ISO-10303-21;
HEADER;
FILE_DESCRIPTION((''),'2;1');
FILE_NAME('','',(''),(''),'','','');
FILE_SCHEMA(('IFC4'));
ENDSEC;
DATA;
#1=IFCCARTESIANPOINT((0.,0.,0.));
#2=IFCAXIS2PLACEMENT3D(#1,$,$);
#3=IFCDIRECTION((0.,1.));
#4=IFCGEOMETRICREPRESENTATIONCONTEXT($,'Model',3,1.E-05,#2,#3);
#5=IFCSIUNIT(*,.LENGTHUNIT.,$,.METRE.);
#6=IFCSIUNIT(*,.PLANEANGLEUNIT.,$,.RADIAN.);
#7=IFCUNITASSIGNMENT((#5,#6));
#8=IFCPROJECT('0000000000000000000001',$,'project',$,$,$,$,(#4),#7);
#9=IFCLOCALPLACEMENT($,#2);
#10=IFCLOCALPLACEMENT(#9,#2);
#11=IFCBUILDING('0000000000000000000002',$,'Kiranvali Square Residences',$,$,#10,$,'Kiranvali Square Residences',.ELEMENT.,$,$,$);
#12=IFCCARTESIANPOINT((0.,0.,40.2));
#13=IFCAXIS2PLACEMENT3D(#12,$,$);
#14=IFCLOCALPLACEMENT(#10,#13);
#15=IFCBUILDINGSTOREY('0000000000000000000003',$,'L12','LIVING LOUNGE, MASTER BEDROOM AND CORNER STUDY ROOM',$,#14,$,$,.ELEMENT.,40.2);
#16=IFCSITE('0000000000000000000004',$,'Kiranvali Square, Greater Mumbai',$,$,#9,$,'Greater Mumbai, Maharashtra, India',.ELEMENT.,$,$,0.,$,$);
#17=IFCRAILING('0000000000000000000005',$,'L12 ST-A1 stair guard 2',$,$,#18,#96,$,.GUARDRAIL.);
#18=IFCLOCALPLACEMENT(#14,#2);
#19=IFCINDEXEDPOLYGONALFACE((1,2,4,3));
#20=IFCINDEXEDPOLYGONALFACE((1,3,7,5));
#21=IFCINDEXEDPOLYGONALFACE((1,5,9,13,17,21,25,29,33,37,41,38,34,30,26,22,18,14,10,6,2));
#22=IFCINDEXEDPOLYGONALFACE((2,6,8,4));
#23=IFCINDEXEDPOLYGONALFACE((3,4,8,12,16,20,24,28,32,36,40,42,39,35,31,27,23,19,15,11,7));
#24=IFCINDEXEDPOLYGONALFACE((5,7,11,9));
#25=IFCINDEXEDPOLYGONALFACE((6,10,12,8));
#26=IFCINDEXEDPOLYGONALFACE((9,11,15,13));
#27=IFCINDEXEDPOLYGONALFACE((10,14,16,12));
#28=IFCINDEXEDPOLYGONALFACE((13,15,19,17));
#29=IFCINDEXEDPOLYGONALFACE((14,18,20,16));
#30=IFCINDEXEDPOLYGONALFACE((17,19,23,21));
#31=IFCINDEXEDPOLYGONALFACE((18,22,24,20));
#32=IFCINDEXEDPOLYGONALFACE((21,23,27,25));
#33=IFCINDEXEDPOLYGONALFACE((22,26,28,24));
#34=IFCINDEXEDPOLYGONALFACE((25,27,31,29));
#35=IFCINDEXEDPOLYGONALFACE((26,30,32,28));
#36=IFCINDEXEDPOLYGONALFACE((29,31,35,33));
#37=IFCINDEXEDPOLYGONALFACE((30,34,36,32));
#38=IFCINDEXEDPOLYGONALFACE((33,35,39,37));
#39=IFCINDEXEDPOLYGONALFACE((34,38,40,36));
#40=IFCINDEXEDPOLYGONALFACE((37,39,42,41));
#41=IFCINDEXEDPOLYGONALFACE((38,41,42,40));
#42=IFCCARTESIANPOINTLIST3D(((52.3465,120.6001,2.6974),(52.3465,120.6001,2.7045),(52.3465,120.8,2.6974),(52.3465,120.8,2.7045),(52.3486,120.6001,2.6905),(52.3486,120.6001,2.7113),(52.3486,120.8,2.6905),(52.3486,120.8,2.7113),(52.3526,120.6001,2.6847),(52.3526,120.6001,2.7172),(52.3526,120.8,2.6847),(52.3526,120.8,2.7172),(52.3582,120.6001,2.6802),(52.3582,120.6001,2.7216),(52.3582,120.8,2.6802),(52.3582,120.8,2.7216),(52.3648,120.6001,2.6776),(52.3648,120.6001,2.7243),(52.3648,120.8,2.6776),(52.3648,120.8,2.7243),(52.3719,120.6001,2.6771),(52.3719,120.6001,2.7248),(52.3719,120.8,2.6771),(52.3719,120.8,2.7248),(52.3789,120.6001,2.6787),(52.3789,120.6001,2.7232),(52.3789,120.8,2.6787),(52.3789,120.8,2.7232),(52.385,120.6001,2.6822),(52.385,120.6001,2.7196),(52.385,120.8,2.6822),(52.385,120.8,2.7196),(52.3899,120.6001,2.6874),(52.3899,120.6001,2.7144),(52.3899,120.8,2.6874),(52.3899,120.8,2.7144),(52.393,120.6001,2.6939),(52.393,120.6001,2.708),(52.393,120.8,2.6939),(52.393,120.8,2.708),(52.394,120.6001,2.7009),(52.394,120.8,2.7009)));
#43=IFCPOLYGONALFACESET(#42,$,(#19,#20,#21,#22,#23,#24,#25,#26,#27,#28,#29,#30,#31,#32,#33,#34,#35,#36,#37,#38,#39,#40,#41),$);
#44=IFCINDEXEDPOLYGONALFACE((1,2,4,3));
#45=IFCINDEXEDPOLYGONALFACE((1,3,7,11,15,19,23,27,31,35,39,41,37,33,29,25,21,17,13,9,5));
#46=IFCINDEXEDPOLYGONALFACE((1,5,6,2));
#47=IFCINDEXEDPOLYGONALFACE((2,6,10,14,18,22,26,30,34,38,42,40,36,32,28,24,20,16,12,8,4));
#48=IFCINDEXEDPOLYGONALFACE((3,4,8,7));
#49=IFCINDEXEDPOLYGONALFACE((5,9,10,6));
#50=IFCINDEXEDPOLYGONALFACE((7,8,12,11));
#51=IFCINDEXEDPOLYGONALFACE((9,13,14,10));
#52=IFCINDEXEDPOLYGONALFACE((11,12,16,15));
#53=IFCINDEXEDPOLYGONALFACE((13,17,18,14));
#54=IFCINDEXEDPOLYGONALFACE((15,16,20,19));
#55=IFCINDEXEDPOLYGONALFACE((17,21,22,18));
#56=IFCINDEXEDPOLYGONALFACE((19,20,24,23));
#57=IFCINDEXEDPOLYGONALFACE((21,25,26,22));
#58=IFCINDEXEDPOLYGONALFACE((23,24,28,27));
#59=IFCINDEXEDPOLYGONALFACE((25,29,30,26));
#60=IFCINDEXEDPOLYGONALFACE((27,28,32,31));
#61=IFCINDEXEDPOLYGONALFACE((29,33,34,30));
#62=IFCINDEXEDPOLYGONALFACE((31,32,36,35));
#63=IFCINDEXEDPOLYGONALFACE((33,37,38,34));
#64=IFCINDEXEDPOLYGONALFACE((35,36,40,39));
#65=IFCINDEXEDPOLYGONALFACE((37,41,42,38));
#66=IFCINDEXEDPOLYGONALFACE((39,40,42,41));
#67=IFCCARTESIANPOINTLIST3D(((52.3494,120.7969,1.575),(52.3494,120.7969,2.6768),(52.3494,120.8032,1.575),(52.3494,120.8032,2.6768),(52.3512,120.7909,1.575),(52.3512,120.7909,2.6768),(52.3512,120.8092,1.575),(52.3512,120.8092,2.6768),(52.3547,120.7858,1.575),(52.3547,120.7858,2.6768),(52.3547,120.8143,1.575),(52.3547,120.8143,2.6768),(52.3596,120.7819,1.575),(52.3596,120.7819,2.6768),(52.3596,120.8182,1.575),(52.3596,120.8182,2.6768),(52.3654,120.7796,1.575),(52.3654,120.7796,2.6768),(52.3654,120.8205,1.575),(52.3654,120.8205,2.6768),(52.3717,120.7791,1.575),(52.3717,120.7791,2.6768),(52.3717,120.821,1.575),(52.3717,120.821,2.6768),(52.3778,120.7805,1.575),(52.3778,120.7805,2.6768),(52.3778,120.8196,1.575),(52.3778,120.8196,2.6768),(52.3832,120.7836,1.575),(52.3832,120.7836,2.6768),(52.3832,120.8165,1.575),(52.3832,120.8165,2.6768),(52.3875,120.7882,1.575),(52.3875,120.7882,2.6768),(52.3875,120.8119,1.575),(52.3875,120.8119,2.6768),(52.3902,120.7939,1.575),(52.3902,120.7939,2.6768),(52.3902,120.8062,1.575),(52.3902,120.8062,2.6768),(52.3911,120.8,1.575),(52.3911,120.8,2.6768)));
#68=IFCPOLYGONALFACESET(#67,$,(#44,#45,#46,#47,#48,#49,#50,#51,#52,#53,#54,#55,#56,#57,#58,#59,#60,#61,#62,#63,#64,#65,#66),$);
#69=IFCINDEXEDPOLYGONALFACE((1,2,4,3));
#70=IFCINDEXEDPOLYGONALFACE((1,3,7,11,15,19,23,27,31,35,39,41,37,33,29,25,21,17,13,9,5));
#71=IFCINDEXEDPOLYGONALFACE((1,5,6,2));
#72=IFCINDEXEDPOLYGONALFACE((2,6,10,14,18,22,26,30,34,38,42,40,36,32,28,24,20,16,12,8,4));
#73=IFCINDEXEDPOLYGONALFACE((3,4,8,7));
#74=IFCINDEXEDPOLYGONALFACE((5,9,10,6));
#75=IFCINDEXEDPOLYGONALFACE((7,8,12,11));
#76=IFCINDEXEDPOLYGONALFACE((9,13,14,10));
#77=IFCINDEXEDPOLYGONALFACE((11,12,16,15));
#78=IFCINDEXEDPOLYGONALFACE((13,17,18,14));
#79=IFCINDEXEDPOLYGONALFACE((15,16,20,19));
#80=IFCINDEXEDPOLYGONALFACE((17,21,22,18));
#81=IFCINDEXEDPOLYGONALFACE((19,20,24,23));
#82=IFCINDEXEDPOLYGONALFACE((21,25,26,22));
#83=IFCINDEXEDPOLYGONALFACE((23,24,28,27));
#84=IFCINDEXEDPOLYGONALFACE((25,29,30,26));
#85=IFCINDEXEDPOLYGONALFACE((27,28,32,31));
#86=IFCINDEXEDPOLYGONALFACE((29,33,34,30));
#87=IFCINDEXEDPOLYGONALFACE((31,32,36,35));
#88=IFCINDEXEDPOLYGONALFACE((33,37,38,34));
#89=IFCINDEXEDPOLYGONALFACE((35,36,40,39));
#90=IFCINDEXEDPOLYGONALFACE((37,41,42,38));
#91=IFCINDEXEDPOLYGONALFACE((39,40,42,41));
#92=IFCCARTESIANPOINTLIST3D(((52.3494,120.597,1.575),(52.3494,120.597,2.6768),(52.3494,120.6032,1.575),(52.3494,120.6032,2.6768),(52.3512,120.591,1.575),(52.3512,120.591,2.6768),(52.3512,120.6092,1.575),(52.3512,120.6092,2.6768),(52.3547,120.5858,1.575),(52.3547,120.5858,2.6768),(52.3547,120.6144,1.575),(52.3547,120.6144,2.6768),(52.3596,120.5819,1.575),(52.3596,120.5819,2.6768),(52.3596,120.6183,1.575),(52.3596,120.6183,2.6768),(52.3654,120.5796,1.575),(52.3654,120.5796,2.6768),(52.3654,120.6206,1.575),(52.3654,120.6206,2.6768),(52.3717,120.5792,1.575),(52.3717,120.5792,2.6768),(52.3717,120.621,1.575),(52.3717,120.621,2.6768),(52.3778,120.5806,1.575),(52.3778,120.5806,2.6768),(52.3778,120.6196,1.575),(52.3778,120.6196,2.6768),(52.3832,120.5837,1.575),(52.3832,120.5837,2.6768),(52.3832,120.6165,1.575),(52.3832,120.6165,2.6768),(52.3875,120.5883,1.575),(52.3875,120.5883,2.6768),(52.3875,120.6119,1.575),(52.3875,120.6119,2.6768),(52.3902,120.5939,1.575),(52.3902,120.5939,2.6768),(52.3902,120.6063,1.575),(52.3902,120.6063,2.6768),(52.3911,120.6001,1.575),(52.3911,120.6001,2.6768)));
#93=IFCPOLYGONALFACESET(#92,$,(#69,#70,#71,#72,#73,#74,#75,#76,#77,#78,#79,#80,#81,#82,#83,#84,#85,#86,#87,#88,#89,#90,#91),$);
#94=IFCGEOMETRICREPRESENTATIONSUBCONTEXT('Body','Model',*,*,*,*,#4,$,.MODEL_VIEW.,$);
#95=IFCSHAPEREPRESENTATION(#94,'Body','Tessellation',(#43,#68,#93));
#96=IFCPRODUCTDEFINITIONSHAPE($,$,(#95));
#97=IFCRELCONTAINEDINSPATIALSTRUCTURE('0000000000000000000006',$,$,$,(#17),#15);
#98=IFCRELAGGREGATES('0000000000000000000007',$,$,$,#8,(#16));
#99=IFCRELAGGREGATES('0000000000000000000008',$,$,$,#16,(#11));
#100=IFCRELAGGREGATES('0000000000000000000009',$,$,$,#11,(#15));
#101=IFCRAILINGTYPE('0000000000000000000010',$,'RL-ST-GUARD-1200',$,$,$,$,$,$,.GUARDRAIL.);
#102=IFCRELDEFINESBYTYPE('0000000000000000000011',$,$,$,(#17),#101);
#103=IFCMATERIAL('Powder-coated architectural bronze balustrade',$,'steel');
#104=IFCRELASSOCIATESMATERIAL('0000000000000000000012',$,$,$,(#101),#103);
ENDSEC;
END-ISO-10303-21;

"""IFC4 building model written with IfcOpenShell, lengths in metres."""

from ifc_helpers import new_model, si_unit, direction, frame, origin, origin_2d, place, context, subcontext, project, spatial, circle, extrude, material, type_object, element, save


model = new_model("IFC4")

# Units and contexts
model_context = context("Model", 3, precision=1e-05, world=origin(), true_north=direction((0.0, 1.0)))
body_context = subcontext(model_context, "Body", "Model", "MODEL_VIEW")
ifc_project = project(units=[si_unit("LENGTHUNIT", "METRE"), si_unit("PLANEANGLEUNIT", "RADIAN")], contexts=[model_context])

# Site, building, storey
site_placement = place(None, origin())
site = spatial("IfcSite", under=ifc_project, at=site_placement, Name="Kiranvali Square, Greater Mumbai", LongName="Greater Mumbai, Maharashtra, India", CompositionType="ELEMENT", RefElevation=0.0)
building_placement = place(site_placement, origin())
building = spatial("IfcBuilding", under=site, at=building_placement, Name="Kiranvali Square Residences", LongName="Kiranvali Square Residences", CompositionType="ELEMENT")
storey_placement = place(building_placement, frame((0.0, 0.0, 40.2)))
storey = spatial("IfcBuildingStorey", under=building, at=storey_placement, Name="L12", Description="LIVING LOUNGE, MASTER BEDROOM AND CORNER STUDY ROOM", CompositionType="ELEMENT", Elevation=40.2)

# Railing
ifc_material_1 = material(Name="Powder-coated architectural bronze balustrade", Category="steel")
railing_type_1 = type_object("IfcRailingType", Name="RL-ST-GUARD-1200", PredefinedType="GUARDRAIL", material=ifc_material_1)
railing_1_placement = place(storey_placement, frame((52.3701, 120.8, 1.575)))
element("IfcRailing", 1, at=railing_1_placement, inside=storey, type_object=railing_type_1, Name="L12 ST-A1 stair guard 2", PredefinedType="GUARDRAIL", context=body_context, shape_type="SweptSolid", body=[
    extrude(circle(Radius=0.0239, at=origin_2d()), frame((0.0, 0.0, 1.126), z_axis=(0.0, -1.0, 0.0), x_axis=(1.0, 0.0, 0.0)), (0.0, 0.0, 1.0), 0.2),
    extrude(circle(Radius=0.021, at=origin_2d()), origin(), (0.0, 0.0, 1.0), 1.1018),
    extrude(circle(Radius=0.021, at=origin_2d()), frame((0.0, -0.2, 0.0)), (0.0, 0.0, 1.0), 1.1018),
])

save(model, "model.ifc")
